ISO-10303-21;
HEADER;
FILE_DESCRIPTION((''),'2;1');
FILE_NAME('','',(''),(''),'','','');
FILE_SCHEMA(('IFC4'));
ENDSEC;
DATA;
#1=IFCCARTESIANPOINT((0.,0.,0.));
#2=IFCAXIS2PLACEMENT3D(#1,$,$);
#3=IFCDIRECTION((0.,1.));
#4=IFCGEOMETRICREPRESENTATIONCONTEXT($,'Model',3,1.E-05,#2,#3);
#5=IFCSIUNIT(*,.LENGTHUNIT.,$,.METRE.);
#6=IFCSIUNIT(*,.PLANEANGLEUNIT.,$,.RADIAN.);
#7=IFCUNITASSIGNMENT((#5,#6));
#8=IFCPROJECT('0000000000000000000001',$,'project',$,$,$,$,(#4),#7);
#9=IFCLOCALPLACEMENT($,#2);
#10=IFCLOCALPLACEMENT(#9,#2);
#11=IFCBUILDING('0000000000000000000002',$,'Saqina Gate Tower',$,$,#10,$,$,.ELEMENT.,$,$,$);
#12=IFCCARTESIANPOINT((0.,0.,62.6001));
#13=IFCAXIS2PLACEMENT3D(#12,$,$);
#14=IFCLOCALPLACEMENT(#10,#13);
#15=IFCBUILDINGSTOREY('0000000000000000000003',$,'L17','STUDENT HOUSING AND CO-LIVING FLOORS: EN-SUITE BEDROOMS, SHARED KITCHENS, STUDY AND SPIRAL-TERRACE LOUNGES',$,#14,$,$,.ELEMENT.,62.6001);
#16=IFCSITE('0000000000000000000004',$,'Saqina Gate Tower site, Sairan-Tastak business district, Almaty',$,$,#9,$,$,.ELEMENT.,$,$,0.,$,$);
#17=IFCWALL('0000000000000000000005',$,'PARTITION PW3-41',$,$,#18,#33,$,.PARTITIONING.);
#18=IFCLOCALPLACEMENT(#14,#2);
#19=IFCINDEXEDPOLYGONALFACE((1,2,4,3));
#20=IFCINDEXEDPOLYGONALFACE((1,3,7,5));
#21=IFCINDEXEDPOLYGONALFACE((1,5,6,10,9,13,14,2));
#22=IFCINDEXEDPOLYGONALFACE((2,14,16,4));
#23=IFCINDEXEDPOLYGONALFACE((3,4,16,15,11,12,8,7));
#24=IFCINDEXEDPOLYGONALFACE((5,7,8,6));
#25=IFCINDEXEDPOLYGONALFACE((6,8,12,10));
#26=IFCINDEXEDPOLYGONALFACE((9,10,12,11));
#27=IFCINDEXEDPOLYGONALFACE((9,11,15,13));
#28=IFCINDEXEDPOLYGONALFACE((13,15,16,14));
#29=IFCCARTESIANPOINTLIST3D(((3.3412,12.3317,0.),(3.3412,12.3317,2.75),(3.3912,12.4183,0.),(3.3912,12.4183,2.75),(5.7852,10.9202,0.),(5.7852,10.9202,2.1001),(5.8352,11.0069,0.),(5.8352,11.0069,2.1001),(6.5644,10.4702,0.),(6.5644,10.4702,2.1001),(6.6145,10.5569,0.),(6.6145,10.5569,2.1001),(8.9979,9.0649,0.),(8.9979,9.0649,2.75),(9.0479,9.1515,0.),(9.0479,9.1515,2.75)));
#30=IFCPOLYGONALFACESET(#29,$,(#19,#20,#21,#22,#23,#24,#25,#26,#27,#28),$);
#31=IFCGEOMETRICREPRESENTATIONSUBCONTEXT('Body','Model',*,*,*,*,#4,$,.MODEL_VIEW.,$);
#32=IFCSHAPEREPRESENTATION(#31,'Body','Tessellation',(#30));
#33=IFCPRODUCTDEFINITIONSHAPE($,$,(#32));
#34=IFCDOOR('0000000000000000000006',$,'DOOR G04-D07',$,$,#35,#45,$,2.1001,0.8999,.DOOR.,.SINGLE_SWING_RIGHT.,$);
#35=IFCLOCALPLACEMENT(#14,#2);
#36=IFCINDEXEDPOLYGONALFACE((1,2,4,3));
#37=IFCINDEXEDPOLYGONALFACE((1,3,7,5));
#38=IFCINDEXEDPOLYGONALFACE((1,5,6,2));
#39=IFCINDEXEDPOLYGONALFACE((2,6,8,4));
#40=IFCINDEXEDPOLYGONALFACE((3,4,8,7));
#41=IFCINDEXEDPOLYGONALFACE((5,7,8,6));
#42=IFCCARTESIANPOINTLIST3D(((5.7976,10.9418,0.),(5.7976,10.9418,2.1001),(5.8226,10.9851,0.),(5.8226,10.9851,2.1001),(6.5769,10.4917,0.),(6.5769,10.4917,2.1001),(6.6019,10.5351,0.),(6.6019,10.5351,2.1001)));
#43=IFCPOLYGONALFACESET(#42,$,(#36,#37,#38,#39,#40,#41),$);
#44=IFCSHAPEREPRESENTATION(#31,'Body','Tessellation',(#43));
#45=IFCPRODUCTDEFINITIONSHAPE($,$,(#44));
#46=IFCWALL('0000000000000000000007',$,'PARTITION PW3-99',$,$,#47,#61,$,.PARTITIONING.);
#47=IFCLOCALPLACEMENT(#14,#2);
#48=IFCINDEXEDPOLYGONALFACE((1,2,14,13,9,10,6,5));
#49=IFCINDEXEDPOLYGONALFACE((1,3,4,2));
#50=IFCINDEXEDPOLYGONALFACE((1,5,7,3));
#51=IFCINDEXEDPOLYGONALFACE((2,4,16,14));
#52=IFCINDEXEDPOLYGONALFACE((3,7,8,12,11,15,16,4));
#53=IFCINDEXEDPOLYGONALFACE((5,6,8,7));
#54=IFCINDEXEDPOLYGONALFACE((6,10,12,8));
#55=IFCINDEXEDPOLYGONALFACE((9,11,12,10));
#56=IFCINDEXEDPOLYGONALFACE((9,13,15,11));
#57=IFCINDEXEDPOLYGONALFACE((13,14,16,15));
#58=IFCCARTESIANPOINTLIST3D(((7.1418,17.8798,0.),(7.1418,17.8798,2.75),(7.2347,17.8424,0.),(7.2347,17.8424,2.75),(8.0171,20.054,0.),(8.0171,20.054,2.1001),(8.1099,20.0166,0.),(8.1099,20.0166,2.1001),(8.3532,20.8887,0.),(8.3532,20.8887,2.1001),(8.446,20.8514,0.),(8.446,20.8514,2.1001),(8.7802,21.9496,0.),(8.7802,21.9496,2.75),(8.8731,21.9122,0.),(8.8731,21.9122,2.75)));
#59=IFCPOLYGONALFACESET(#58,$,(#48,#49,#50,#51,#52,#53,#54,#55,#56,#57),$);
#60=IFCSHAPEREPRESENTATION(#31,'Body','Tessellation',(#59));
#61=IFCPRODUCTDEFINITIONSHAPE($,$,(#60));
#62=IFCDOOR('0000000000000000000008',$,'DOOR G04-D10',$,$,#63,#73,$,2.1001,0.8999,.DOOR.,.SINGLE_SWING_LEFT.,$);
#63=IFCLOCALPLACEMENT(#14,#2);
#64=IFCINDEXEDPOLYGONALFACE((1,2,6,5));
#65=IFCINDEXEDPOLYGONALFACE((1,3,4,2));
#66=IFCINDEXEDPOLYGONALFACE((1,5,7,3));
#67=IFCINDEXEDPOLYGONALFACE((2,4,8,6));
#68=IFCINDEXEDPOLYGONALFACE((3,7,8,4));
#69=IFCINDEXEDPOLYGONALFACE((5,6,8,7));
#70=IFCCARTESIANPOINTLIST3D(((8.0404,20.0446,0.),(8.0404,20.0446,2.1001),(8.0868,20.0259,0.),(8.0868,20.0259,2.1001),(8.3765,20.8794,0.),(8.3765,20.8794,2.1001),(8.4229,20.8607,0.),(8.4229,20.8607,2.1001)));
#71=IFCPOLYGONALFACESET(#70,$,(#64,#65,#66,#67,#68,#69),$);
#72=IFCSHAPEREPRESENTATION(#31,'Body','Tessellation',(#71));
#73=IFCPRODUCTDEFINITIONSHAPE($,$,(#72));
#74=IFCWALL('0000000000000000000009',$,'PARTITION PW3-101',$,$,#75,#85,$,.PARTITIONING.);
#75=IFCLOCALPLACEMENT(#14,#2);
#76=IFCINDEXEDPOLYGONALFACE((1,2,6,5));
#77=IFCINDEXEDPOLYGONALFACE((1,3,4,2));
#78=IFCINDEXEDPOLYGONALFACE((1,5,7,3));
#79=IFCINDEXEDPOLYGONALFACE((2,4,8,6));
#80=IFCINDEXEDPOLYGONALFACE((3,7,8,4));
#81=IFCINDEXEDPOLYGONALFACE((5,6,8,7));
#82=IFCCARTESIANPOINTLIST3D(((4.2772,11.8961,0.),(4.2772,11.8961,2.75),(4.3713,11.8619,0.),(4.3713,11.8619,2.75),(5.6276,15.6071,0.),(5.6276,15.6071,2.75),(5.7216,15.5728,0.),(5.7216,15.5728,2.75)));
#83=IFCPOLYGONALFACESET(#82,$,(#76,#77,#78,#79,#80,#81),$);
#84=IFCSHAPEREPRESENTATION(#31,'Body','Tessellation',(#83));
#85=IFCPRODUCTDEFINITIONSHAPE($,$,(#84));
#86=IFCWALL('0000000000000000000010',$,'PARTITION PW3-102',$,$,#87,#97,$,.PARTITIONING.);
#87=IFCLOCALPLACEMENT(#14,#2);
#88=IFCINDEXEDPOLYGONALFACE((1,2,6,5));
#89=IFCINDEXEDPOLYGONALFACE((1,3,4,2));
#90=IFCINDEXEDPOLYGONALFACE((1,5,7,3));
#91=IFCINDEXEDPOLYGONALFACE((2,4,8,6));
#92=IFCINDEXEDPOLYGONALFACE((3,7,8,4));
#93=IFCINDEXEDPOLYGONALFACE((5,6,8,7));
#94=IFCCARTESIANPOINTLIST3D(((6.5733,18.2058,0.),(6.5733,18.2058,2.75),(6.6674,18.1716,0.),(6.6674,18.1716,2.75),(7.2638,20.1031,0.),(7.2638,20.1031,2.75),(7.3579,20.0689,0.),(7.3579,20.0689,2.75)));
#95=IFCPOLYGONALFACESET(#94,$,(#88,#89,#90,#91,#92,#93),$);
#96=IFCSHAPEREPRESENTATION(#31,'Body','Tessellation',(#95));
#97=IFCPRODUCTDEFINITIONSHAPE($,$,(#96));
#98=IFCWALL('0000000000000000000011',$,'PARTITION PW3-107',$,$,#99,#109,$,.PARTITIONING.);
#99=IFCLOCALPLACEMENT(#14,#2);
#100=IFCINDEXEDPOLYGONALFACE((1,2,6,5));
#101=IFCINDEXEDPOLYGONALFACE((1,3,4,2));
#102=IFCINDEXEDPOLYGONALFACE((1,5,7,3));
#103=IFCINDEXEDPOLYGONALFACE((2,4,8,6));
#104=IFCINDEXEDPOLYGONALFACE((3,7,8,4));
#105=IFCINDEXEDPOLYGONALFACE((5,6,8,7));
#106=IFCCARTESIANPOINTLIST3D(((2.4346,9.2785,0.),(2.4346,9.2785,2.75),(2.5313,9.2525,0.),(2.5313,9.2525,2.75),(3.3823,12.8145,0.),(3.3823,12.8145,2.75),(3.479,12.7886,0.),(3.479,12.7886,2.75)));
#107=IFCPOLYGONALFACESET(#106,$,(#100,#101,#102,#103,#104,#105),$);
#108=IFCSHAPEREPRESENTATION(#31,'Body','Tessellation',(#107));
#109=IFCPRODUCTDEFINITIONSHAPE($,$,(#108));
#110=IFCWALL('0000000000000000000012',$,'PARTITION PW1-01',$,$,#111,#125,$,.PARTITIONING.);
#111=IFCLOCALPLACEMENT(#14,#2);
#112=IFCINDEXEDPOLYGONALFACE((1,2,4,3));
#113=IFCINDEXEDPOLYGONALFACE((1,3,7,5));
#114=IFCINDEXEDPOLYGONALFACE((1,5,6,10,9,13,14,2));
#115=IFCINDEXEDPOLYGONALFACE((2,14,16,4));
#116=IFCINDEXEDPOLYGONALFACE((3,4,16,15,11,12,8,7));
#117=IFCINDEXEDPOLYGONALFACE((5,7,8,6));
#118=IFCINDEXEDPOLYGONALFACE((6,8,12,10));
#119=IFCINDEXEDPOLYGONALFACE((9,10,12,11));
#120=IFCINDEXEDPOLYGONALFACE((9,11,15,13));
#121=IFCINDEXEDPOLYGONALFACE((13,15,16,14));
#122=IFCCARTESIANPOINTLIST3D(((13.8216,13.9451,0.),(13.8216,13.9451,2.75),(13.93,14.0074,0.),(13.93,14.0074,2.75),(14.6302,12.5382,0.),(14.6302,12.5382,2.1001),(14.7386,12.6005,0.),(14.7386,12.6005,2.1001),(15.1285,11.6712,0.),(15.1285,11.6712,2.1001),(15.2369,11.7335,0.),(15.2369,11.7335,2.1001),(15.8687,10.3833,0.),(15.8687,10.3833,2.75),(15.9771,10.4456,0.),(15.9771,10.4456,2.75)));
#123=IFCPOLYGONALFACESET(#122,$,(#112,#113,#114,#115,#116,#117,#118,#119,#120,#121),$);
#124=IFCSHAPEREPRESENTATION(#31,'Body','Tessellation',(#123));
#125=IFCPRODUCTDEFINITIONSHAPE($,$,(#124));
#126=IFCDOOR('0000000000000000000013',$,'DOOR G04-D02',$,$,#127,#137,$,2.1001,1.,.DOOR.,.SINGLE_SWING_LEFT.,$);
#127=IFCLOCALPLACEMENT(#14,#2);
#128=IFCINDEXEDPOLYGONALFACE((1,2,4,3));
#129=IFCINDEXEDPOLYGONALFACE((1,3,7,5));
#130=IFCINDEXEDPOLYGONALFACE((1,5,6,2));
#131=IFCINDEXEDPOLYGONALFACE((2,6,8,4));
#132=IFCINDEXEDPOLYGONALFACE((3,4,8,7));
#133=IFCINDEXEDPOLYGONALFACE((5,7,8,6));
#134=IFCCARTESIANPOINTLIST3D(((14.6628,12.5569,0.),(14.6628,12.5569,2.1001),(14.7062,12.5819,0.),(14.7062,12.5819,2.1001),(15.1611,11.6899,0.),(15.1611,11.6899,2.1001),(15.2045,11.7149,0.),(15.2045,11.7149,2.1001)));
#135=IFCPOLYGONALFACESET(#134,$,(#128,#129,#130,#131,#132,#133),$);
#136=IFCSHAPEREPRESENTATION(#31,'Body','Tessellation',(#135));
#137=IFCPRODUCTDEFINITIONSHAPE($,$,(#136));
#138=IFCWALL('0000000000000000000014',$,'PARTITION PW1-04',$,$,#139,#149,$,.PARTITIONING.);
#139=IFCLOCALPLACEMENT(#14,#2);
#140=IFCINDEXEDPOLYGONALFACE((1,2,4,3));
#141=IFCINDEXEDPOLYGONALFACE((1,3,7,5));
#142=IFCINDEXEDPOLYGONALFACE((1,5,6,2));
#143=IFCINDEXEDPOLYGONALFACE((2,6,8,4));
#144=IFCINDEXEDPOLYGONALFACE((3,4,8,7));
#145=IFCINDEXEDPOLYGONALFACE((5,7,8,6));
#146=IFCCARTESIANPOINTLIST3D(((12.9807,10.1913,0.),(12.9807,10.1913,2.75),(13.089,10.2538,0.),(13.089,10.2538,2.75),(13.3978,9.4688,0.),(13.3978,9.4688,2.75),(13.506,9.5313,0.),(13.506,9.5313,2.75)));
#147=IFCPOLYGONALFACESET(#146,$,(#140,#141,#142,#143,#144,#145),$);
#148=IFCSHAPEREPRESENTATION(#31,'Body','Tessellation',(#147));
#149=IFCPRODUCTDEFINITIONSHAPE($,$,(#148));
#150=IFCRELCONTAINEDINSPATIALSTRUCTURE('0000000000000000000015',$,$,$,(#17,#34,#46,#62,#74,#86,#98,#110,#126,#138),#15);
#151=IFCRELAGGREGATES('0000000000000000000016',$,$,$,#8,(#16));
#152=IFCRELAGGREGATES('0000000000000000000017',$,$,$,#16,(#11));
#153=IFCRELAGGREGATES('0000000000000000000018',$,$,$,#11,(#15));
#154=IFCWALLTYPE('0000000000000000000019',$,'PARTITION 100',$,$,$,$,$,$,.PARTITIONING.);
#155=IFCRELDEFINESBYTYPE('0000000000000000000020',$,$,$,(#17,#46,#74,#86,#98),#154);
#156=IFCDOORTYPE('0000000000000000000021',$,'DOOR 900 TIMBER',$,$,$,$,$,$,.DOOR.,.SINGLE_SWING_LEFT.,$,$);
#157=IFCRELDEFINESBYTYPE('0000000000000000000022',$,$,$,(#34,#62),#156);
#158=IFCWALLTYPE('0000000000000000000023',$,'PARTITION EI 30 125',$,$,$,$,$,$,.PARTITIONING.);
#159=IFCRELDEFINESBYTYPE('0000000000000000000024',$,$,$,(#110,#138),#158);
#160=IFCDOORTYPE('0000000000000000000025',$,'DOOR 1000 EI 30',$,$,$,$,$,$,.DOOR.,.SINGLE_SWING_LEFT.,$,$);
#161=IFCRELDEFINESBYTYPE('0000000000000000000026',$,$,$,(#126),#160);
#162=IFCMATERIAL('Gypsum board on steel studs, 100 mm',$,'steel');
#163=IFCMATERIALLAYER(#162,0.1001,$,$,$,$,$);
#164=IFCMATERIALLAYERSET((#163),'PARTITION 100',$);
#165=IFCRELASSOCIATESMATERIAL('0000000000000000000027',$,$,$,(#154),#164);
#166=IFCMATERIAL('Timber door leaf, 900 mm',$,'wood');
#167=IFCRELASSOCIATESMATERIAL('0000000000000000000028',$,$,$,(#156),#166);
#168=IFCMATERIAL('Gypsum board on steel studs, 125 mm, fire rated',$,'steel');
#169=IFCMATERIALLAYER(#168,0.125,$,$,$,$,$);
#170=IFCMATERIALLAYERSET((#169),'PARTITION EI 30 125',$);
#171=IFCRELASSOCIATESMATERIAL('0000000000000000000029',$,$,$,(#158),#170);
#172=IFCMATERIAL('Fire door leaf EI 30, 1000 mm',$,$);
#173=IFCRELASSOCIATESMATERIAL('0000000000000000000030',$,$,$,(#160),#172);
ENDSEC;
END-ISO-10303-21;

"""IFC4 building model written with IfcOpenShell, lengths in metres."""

from ifc_helpers import new_model, si_unit, direction, frame, frame_2d, origin, place, context, subcontext, project, spatial, rectangle, extrude, material, layer, layer_set, type_object, element, fill, save


model = new_model("IFC4")

# Units and contexts
model_context = context("Model", 3, precision=1e-05, world=origin(), true_north=direction((0.0, 1.0)))
body_context = subcontext(model_context, "Body", "Model", "MODEL_VIEW")
ifc_project = project(units=[si_unit("LENGTHUNIT", "METRE"), si_unit("PLANEANGLEUNIT", "RADIAN")], contexts=[model_context])

# Site, building, storey
site_placement = place(None, origin())
site = spatial("IfcSite", under=ifc_project, at=site_placement, Name="Saqina Gate Tower site, Sairan-Tastak business district, Almaty", CompositionType="ELEMENT", RefElevation=0.0)
building_placement = place(site_placement, origin())
building = spatial("IfcBuilding", under=site, at=building_placement, Name="Saqina Gate Tower", CompositionType="ELEMENT")
storey_placement = place(building_placement, frame((0.0, 0.0, 62.6001)))
storey = spatial("IfcBuildingStorey", under=building, at=storey_placement, Name="L17", Description="STUDENT HOUSING AND CO-LIVING FLOORS: EN-SUITE BEDROOMS, SHARED KITCHENS, STUDY AND SPIRAL-TERRACE LOUNGES", CompositionType="ELEMENT", Elevation=62.6001)

# Walls, openings, doors
ifc_material_1 = material(Name="Gypsum board on steel studs, 100 mm", Category="steel")
ifc_layer_1 = layer(ifc_material_1, 0.1001)
ifc_layer_set_1 = layer_set([ifc_layer_1], Name="PARTITION 100")
wall_type_1 = type_object("IfcWallType", Name="PARTITION 100", PredefinedType="PARTITIONING", material=ifc_layer_set_1)
wall_1_placement = place(storey_placement, frame((3.3662, 12.375, 0.0), z_axis=(0.0, 0.0, 1.0), x_axis=(0.865964, -0.500106, 0.0)))
wall_1 = element("IfcWall", 1, at=wall_1_placement, inside=storey, type_object=wall_type_1, Name="PARTITION PW3-41", PredefinedType="PARTITIONING", context=body_context, shape_type="SweptSolid", body=[
    extrude(rectangle(XDim=6.5322, YDim=0.1001, at=frame_2d((3.2661, 0.0))), origin(), (0.0, 0.0, 1.0), 2.75),
])
opening_1_placement = place(wall_1_placement, frame((2.8223, 0.0, 0.0)))
opening_1 = element("IfcOpeningElement", 2, at=opening_1_placement, cuts=wall_1, PredefinedType="OPENING", context=body_context, shape_type="SweptSolid", body=[
    extrude(rectangle(XDim=0.8999, YDim=2.1001, at=frame_2d((0.45, 1.05))), frame((0.0, 0.062, 0.0), z_axis=(0.0, -1.0, 0.0), x_axis=(1.0, 0.0, 0.0)), (0.0, 0.0, 1.0), 0.124),
])
ifc_material_2 = material(Name="Timber door leaf, 900 mm", Category="wood")
door_type_1 = type_object("IfcDoorType", Name="DOOR 900 TIMBER", OperationType="SINGLE_SWING_LEFT", PredefinedType="DOOR", material=ifc_material_2)
door_1_placement = place(opening_1_placement, origin())
door_1 = element("IfcDoor", 3, at=door_1_placement, inside=storey, type_object=door_type_1, Name="DOOR G04-D07", OperationType="SINGLE_SWING_RIGHT", OverallHeight=2.1001, OverallWidth=0.8999, PredefinedType="DOOR", context=body_context, shape_type="SweptSolid", body=[
    extrude(rectangle(XDim=0.8999, YDim=2.1001, at=frame_2d((0.45, 1.05))), frame((0.0, 0.0249, 0.0), z_axis=(0.0, -1.0, 0.0), x_axis=(1.0, 0.0, 0.0)), (0.0, 0.0, 1.0), 0.05),
])
fill(opening_1, door_1)
wall_2_placement = place(storey_placement, frame((7.1882, 17.8611, 0.0), z_axis=(0.0, 0.0, 1.0), x_axis=(0.373453, 0.927649, 0.0)))
wall_2 = element("IfcWall", 4, at=wall_2_placement, inside=storey, type_object=wall_type_1, Name="PARTITION PW3-99", PredefinedType="PARTITIONING", context=body_context, shape_type="SweptSolid", body=[
    extrude(rectangle(XDim=4.3872, YDim=0.1001, at=frame_2d((2.1936, 0.0))), origin(), (0.0, 0.0, 1.0), 2.75),
])
opening_2_placement = place(wall_2_placement, frame((2.3438, 0.0, 0.0)))
opening_2 = element("IfcOpeningElement", 5, at=opening_2_placement, cuts=wall_2, PredefinedType="OPENING", context=body_context, shape_type="SweptSolid", body=[
    extrude(rectangle(XDim=0.8999, YDim=2.1001, at=frame_2d((0.45, 1.05))), frame((0.0, 0.062, 0.0), z_axis=(0.0, -1.0, 0.0), x_axis=(1.0, 0.0, 0.0)), (0.0, 0.0, 1.0), 0.124),
])
door_2_placement = place(opening_2_placement, origin())
door_2 = element("IfcDoor", 6, at=door_2_placement, inside=storey, type_object=door_type_1, Name="DOOR G04-D10", OperationType="SINGLE_SWING_LEFT", OverallHeight=2.1001, OverallWidth=0.8999, PredefinedType="DOOR", context=body_context, shape_type="SweptSolid", body=[
    extrude(rectangle(XDim=0.8999, YDim=2.1001, at=frame_2d((0.45, 1.05))), frame((0.0, 0.0249, 0.0), z_axis=(0.0, -1.0, 0.0), x_axis=(1.0, 0.0, 0.0)), (0.0, 0.0, 1.0), 0.05),
])
fill(opening_2, door_2)

# Walls
wall_3_placement = place(storey_placement, frame((4.3242, 11.8789, 0.0), z_axis=(0.0, 0.0, 1.0), x_axis=(0.341947, 0.939719, 0.0)))
element("IfcWall", 7, at=wall_3_placement, inside=storey, type_object=wall_type_1, Name="PARTITION PW3-101", PredefinedType="PARTITIONING", context=body_context, shape_type="SweptSolid", body=[
    extrude(rectangle(XDim=3.949, YDim=0.1001, at=frame_2d((1.9746, 0.0))), origin(), (0.0, 0.0, 1.0), 2.75),
])
wall_4_placement = place(storey_placement, frame((6.6204, 18.1887, 0.0), z_axis=(0.0, 0.0, 1.0), x_axis=(0.341976, 0.939709, 0.0)))
element("IfcWall", 8, at=wall_4_placement, inside=storey, type_object=wall_type_1, Name="PARTITION PW3-102", PredefinedType="PARTITIONING", context=body_context, shape_type="SweptSolid", body=[
    extrude(rectangle(XDim=2.019, YDim=0.1001, at=frame_2d((1.0095, 0.0))), origin(), (0.0, 0.0, 1.0), 2.75),
])
wall_5_placement = place(storey_placement, frame((2.4829, 9.2654, 0.0), z_axis=(0.0, 0.0, 1.0), x_axis=(0.258883, 0.965909, 0.0)))
element("IfcWall", 9, at=wall_5_placement, inside=storey, type_object=wall_type_1, Name="PARTITION PW3-107", PredefinedType="PARTITIONING", context=body_context, shape_type="SweptSolid", body=[
    extrude(rectangle(XDim=3.6609, YDim=0.1001, at=frame_2d((1.8306, 0.0))), origin(), (0.0, 0.0, 1.0), 2.75),
])

# Wall, opening, door
ifc_material_3 = material(Name="Gypsum board on steel studs, 125 mm, fire rated", Category="steel")
ifc_layer_2 = layer(ifc_material_3, 0.125)
ifc_layer_set_2 = layer_set([ifc_layer_2], Name="PARTITION EI 30 125")
wall_type_2 = type_object("IfcWallType", Name="PARTITION EI 30 125", PredefinedType="PARTITIONING", material=ifc_layer_set_2)
wall_6_placement = place(storey_placement, frame((13.8757, 13.9763, 0.0), z_axis=(0.0, 0.0, 1.0), x_axis=(0.498307, -0.867001, 0.0)))
wall_6 = element("IfcWall", 10, at=wall_6_placement, inside=storey, type_object=wall_type_2, Name="PARTITION PW1-01", PredefinedType="PARTITIONING", context=body_context, shape_type="SweptSolid", body=[
    extrude(rectangle(XDim=4.1082, YDim=0.125, at=frame_2d((2.0542, 0.0))), origin(), (0.0, 0.0, 1.0), 2.75),
])
opening_3_placement = place(wall_6_placement, frame((1.6228, 0.0, 0.0)))
opening_3 = element("IfcOpeningElement", 11, at=opening_3_placement, cuts=wall_6, PredefinedType="OPENING", context=body_context, shape_type="SweptSolid", body=[
    extrude(rectangle(XDim=1.0, YDim=2.1001, at=frame_2d((0.5, 1.05))), frame((0.0, 0.0745, 0.0), z_axis=(0.0, -1.0, 0.0), x_axis=(1.0, 0.0, 0.0)), (0.0, 0.0, 1.0), 0.1489),
])
ifc_material_4 = material(Name="Fire door leaf EI 30, 1000 mm")
door_type_2 = type_object("IfcDoorType", Name="DOOR 1000 EI 30", OperationType="SINGLE_SWING_LEFT", PredefinedType="DOOR", material=ifc_material_4)
door_3_placement = place(opening_3_placement, frame((1.0, 0.0, 0.0), z_axis=(0.0, 0.0, 1.0), x_axis=(-1.0, 0.0, 0.0)))
door_3 = element("IfcDoor", 12, at=door_3_placement, inside=storey, type_object=door_type_2, Name="DOOR G04-D02", OperationType="SINGLE_SWING_LEFT", OverallHeight=2.1001, OverallWidth=1.0, PredefinedType="DOOR", context=body_context, shape_type="SweptSolid", body=[
    extrude(rectangle(XDim=1.0, YDim=2.1001, at=frame_2d((0.5, 1.05))), frame((0.0, 0.0249, 0.0), z_axis=(0.0, -1.0, 0.0), x_axis=(1.0, 0.0, 0.0)), (0.0, 0.0, 1.0), 0.05),
])
fill(opening_3, door_3)

# Wall
wall_7_placement = place(storey_placement, frame((13.0349, 10.2224, 0.0), z_axis=(0.0, 0.0, 1.0), x_axis=(0.499917, -0.866073, 0.0)))
element("IfcWall", 13, at=wall_7_placement, inside=storey, type_object=wall_type_2, Name="PARTITION PW1-04", PredefinedType="PARTITIONING", context=body_context, shape_type="SweptSolid", body=[
    extrude(rectangle(XDim=0.8342, YDim=0.125, at=frame_2d((0.417, 0.0))), origin(), (0.0, 0.0, 1.0), 2.75),
])

save(model, "model.ifc")
